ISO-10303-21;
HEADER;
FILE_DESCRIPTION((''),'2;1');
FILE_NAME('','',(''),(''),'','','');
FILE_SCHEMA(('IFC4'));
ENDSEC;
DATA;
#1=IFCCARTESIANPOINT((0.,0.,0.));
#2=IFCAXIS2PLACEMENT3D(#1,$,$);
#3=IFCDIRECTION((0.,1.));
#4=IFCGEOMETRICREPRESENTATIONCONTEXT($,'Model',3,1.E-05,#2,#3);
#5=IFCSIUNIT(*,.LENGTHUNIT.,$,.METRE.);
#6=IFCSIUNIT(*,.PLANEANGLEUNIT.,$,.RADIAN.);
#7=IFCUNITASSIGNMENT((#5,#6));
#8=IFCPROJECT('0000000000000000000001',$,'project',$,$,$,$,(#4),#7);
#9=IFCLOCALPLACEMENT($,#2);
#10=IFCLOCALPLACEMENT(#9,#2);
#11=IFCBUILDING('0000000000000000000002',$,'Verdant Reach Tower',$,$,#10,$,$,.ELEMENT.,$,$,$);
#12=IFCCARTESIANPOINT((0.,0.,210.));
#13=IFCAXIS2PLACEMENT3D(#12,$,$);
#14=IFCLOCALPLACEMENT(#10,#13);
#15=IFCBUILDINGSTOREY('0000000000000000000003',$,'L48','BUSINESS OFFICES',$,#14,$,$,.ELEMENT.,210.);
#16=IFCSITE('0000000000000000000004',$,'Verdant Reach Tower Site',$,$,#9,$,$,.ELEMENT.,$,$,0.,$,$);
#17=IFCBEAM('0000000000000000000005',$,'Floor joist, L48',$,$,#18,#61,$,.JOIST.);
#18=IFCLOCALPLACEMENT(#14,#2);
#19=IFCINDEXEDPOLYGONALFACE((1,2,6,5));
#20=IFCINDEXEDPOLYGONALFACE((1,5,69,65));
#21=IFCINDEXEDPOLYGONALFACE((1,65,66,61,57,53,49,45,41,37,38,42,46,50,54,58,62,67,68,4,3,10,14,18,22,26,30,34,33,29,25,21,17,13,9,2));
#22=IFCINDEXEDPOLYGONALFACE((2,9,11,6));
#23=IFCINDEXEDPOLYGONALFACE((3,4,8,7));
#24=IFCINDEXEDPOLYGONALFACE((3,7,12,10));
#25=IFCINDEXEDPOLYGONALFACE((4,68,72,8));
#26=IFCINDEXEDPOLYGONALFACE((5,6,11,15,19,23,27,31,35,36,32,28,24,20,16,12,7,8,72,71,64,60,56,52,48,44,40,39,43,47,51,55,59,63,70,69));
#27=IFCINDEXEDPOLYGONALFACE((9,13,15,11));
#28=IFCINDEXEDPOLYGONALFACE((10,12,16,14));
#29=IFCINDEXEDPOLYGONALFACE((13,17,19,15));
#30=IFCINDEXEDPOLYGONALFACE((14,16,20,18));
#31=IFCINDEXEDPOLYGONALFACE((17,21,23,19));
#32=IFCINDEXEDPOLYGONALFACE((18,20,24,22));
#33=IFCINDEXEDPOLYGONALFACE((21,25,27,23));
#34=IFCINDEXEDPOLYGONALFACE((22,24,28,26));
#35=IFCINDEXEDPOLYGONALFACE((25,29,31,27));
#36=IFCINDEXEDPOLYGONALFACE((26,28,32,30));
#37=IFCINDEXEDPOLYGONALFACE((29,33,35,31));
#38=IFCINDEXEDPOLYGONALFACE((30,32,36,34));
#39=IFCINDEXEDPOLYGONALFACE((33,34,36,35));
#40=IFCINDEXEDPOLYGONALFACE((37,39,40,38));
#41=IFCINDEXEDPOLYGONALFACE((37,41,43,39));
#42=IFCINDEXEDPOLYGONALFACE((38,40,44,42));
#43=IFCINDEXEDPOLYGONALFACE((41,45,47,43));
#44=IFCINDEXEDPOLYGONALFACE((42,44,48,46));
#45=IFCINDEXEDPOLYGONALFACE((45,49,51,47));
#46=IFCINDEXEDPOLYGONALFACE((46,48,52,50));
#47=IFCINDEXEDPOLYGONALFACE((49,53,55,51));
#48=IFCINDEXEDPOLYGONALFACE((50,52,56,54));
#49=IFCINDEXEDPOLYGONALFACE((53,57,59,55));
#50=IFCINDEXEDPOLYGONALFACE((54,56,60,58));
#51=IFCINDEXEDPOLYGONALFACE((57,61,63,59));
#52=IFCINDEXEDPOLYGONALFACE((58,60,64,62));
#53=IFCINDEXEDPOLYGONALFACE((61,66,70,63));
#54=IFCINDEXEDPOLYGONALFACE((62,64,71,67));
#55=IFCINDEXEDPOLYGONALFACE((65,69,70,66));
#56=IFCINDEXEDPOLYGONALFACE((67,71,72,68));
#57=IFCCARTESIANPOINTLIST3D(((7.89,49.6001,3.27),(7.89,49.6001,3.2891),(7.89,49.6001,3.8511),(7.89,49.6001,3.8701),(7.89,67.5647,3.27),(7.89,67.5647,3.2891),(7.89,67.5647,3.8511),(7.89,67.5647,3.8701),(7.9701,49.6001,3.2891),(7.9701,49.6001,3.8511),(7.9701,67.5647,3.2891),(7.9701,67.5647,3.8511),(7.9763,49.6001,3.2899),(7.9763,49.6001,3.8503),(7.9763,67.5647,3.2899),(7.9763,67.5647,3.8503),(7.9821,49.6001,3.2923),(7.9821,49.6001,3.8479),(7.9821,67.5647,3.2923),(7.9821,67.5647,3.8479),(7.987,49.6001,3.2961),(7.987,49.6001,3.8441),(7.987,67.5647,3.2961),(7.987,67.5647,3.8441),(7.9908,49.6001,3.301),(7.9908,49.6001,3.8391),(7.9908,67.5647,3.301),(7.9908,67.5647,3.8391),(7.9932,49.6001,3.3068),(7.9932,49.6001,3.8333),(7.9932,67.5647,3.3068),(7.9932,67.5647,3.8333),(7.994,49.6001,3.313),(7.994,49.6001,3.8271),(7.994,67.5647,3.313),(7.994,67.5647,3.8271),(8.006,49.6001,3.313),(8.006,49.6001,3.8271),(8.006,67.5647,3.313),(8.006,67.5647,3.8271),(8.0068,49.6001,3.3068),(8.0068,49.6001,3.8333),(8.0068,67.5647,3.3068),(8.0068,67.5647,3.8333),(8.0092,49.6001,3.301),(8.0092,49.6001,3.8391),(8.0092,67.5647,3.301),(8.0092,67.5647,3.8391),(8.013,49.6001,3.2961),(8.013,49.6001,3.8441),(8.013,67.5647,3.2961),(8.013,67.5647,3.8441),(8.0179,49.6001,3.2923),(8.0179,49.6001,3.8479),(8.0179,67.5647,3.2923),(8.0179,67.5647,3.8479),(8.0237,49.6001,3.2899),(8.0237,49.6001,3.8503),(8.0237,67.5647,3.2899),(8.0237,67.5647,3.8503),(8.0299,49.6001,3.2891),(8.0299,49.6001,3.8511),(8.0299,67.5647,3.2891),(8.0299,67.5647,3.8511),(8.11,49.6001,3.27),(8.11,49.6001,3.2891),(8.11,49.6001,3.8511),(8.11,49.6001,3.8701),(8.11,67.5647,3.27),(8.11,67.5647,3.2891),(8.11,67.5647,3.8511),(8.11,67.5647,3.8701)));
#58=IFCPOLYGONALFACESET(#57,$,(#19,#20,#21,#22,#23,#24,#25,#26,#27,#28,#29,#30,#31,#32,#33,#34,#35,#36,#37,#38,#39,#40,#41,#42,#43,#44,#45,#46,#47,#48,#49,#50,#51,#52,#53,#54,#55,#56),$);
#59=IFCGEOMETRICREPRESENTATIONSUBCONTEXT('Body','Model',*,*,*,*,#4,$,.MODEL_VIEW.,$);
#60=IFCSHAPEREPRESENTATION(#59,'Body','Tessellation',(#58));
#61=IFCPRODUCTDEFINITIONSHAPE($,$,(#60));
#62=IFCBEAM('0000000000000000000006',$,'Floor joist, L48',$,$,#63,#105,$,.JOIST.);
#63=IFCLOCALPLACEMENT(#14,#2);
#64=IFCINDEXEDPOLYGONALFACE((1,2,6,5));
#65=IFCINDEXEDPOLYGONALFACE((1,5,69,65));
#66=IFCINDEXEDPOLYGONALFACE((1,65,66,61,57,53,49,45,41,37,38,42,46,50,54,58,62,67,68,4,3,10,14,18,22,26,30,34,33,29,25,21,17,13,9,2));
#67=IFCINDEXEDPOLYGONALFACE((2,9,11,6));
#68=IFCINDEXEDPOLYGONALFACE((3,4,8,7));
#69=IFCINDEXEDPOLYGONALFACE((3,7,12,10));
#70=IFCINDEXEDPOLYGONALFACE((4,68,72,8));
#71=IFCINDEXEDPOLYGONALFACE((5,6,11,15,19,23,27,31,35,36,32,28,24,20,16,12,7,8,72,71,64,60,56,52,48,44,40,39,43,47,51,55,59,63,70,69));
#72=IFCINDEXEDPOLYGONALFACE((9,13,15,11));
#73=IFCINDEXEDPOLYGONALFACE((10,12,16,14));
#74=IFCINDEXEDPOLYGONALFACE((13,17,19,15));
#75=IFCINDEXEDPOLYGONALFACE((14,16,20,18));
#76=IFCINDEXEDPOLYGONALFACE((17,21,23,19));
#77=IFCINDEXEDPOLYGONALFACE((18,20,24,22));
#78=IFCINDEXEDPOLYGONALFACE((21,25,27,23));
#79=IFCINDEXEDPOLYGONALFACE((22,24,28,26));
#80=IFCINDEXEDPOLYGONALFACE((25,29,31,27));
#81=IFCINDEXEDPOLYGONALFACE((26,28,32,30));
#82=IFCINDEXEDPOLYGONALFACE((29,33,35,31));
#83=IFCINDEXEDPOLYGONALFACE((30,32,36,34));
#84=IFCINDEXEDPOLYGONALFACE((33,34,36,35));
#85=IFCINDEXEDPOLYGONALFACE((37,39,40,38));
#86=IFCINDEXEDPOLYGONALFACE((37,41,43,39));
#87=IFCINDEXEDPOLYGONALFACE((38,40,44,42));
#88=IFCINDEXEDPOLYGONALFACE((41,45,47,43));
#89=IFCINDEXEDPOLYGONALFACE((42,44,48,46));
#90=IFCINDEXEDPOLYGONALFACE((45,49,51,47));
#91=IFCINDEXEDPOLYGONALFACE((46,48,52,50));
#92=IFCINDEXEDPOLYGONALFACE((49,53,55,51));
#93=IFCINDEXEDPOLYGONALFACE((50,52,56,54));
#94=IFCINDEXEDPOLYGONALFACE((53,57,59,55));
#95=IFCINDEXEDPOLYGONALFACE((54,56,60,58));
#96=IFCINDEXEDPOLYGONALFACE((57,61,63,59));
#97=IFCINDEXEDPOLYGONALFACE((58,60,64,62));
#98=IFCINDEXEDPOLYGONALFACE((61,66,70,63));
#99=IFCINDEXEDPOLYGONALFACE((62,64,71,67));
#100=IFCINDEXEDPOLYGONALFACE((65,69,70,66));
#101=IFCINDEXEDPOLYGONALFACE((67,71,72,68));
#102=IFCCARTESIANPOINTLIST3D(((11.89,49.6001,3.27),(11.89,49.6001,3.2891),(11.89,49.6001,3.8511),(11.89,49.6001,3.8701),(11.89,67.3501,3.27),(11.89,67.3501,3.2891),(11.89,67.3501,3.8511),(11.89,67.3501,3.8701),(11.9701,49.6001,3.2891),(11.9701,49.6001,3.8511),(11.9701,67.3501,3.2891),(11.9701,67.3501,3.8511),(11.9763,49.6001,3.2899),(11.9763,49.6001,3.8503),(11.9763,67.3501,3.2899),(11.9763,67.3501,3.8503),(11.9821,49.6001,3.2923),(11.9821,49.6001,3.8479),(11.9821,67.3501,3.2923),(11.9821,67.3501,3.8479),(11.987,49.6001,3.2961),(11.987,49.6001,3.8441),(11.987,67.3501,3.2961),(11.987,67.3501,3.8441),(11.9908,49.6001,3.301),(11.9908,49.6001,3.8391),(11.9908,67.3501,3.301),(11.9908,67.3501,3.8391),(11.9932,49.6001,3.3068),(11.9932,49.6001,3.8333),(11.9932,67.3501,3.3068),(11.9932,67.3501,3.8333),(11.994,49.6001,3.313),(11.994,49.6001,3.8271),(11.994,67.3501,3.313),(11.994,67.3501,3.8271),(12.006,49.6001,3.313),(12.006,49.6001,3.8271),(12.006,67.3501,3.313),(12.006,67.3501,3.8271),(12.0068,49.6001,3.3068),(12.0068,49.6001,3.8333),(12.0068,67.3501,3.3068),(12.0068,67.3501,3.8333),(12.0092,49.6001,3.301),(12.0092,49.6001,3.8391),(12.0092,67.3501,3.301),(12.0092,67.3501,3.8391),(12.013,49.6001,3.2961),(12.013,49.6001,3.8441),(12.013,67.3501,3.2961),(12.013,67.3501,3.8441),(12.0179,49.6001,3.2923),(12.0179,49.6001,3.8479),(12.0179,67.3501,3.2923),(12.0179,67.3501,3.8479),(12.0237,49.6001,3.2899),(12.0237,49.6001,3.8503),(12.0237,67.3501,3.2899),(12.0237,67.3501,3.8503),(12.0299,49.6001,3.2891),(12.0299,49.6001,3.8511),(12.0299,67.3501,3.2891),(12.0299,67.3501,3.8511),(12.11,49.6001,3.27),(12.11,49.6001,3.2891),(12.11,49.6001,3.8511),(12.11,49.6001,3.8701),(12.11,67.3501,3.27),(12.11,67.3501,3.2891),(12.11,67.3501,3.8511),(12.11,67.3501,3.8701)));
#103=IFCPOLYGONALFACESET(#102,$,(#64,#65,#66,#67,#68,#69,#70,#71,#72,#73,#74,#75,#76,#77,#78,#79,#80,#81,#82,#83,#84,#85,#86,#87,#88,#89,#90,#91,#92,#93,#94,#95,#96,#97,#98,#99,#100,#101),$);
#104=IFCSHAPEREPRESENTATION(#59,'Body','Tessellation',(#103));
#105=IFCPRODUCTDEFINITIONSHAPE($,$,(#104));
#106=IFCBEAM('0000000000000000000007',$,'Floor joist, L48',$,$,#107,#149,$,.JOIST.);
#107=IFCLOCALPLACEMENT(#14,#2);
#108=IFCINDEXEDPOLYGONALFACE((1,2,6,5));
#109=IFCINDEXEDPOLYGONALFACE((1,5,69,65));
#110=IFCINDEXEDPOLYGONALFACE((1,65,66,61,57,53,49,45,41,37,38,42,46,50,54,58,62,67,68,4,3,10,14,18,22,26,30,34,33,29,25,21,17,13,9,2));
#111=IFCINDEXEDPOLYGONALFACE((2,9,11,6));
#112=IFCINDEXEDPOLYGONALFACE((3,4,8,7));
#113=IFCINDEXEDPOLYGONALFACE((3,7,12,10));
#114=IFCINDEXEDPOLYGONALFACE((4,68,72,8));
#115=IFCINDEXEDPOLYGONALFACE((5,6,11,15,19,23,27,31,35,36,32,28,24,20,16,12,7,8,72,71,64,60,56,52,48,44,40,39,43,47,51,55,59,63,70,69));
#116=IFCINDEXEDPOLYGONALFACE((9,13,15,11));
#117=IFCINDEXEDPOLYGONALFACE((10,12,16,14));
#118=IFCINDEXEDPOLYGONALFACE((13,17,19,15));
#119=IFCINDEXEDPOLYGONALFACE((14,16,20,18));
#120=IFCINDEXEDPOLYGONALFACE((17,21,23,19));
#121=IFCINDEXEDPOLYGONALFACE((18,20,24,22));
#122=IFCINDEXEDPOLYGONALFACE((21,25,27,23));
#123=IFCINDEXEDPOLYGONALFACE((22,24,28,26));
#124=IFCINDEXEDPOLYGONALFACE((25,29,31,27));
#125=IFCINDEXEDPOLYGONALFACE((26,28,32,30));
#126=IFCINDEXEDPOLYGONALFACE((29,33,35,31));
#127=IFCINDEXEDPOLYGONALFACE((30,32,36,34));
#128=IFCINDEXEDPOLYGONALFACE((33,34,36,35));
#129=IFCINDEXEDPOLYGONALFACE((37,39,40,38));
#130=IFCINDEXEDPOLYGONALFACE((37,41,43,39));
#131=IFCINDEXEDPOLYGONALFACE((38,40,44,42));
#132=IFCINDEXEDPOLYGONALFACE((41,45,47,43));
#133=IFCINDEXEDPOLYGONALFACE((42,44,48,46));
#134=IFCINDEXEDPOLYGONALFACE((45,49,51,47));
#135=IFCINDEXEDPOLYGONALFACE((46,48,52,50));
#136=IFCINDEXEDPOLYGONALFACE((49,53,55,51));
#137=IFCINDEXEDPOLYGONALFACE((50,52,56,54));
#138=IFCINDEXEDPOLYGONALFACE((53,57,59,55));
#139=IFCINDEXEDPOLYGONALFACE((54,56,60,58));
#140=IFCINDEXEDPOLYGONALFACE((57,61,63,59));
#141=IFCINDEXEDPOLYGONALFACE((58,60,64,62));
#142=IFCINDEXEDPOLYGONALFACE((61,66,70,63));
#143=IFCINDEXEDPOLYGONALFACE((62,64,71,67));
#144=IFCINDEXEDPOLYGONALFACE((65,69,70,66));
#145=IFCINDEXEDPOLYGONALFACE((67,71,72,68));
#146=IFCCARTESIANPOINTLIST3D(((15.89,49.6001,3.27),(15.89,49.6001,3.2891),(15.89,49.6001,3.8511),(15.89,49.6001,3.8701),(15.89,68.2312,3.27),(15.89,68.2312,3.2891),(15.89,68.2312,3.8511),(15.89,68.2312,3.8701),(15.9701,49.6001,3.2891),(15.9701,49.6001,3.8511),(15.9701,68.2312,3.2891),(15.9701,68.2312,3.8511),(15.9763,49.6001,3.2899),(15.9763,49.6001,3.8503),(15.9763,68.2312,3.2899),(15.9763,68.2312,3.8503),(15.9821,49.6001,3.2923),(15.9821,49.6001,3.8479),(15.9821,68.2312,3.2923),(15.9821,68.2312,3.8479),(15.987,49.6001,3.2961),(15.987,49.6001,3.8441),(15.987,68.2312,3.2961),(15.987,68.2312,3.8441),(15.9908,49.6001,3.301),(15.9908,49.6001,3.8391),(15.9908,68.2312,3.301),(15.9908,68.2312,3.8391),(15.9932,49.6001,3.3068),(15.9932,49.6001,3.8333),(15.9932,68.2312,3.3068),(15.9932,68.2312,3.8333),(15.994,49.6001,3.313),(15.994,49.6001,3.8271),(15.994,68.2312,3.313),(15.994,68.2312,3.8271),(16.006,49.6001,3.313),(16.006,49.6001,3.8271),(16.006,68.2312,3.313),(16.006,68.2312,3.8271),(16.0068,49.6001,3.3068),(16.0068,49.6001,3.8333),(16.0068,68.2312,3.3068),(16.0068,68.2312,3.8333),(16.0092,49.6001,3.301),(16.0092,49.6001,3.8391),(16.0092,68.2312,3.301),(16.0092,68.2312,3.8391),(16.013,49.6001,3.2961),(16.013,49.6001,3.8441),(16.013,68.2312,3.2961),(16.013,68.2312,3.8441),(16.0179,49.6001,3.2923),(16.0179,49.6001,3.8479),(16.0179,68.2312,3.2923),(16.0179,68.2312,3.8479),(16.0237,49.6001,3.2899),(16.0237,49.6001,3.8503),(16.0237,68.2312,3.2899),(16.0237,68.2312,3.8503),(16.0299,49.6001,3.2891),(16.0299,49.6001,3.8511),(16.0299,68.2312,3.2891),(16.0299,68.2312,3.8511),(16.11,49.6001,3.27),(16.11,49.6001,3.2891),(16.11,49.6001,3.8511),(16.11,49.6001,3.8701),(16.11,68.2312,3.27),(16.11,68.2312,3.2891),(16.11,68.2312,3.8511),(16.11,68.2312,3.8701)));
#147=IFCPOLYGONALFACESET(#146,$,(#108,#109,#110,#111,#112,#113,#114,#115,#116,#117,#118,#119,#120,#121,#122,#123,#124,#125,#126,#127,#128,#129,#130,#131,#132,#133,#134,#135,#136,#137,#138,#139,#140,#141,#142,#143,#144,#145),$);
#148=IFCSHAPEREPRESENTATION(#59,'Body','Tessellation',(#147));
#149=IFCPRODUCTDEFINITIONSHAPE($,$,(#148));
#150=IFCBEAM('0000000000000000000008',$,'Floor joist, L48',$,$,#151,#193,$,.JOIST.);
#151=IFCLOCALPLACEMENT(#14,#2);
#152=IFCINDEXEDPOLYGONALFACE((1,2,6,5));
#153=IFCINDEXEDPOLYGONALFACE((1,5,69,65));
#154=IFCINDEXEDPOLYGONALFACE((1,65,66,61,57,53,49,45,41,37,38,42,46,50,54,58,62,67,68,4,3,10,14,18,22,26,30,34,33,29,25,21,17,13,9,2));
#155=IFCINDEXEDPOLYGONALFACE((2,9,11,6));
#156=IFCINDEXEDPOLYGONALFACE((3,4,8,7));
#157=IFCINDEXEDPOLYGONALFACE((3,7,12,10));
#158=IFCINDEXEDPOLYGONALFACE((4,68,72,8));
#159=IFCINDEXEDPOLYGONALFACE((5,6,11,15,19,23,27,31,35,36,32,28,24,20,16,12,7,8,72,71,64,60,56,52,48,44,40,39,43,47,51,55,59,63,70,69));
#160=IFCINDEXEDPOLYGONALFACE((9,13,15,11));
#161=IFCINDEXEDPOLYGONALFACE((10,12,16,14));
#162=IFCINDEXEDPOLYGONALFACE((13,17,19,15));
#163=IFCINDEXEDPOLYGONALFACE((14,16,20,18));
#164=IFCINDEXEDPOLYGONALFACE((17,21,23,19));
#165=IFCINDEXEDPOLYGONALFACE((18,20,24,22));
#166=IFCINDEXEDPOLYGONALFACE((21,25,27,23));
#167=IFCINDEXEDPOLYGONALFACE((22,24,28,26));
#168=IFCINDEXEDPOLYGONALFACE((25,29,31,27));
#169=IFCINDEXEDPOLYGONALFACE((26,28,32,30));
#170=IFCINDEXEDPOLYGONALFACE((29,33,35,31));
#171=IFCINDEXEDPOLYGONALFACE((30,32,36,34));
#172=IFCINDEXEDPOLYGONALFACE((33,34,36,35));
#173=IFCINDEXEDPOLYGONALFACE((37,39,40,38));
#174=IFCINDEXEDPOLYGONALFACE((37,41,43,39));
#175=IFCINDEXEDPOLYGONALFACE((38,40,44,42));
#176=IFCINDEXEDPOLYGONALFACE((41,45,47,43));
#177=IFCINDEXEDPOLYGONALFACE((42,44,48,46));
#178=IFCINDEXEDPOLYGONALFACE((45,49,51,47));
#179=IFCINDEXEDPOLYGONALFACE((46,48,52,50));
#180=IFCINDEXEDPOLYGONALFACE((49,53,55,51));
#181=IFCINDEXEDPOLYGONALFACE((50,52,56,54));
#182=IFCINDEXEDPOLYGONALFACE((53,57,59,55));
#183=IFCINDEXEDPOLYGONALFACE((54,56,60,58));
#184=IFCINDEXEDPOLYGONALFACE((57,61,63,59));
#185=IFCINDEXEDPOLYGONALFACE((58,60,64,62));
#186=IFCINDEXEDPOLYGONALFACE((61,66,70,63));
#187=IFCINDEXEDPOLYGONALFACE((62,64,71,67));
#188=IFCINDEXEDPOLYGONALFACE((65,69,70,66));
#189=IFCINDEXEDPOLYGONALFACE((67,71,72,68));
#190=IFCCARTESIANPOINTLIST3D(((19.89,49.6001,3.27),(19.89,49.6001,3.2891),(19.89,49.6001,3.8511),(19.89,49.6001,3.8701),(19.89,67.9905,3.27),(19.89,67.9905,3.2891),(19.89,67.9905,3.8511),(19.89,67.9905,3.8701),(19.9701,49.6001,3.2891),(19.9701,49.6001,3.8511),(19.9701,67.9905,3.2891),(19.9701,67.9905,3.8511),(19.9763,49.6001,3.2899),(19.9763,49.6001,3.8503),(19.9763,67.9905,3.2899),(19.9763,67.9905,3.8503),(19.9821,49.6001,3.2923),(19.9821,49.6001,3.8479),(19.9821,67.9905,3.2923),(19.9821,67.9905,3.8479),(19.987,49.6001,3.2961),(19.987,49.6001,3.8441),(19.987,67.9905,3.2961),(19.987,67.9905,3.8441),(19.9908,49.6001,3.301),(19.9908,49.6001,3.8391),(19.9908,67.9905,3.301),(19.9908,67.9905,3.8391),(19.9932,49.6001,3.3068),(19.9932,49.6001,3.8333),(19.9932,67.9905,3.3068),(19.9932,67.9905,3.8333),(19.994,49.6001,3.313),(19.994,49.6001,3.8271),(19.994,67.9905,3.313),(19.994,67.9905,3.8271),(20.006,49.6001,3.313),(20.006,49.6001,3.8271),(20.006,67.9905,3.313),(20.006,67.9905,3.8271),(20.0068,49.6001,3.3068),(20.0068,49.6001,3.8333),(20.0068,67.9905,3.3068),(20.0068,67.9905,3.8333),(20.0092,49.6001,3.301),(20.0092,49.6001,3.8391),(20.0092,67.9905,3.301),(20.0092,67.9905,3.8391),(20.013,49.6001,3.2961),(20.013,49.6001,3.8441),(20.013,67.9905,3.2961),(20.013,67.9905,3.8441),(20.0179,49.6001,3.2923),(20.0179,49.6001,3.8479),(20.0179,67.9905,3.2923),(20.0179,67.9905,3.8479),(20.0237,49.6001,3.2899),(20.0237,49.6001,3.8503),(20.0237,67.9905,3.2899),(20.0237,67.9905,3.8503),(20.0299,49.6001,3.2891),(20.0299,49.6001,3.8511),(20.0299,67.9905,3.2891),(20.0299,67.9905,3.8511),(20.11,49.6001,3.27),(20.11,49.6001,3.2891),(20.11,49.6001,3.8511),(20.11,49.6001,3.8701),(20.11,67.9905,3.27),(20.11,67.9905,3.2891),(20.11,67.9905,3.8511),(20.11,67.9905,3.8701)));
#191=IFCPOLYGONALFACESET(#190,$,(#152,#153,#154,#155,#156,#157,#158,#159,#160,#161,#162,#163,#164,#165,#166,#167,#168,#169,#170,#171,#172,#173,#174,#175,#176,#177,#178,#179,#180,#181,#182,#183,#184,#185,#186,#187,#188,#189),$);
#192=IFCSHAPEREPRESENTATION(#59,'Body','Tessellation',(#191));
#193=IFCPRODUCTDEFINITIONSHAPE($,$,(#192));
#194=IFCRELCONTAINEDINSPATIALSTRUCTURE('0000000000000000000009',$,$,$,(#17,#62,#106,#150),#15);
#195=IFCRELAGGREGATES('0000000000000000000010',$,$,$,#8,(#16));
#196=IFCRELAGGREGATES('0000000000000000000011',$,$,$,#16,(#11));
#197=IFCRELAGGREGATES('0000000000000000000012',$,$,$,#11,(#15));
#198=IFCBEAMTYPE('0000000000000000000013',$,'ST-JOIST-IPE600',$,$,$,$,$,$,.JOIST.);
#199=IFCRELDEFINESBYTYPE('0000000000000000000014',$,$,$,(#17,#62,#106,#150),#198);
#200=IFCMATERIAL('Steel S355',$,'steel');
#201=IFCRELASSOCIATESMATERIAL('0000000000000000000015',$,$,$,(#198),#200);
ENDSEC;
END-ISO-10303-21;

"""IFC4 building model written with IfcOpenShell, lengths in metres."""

from ifc_helpers import new_model, si_unit, direction, frame, origin, origin_2d, place, context, subcontext, project, spatial, i_section, extrude, material, material_profile, profile_set, type_object, element, save


model = new_model("IFC4")

# Units and contexts
model_context = context("Model", 3, precision=1e-05, world=origin(), true_north=direction((0.0, 1.0)))
body_context = subcontext(model_context, "Body", "Model", "MODEL_VIEW")
ifc_project = project(units=[si_unit("LENGTHUNIT", "METRE"), si_unit("PLANEANGLEUNIT", "RADIAN")], contexts=[model_context])

# Site, building, storey
site_placement = place(None, origin())
site = spatial("IfcSite", under=ifc_project, at=site_placement, Name="Verdant Reach Tower Site", CompositionType="ELEMENT", RefElevation=0.0)
building_placement = place(site_placement, origin())
building = spatial("IfcBuilding", under=site, at=building_placement, Name="Verdant Reach Tower", CompositionType="ELEMENT")
storey_placement = place(building_placement, frame((0.0, 0.0, 210.0)))
storey = spatial("IfcBuildingStorey", under=building, at=storey_placement, Name="L48", Description="BUSINESS OFFICES", CompositionType="ELEMENT", Elevation=210.0)

# Beams
ifc_material_1 = material(Name="Steel S355", Category="steel")
ifc_material_profile_1 = material_profile(ifc_material_1, i_section(OverallWidth=0.22, OverallDepth=0.6001, WebThickness=0.012, FlangeThickness=0.019, FilletRadius=0.0239, at=origin_2d()), Name="IPE 600")
ifc_profile_set_1 = profile_set([ifc_material_profile_1], Name="Steel S355")
beam_type_1 = type_object("IfcBeamType", Name="ST-JOIST-IPE600", PredefinedType="JOIST", material=ifc_profile_set_1)
beam_1_placement = place(storey_placement, frame((8.0, 49.6001, 3.5701), z_axis=(0.0, 1.0, 0.0), x_axis=(-1.0, 0.0, 0.0)))
element("IfcBeam", 1, at=beam_1_placement, inside=storey, type_object=beam_type_1, Name="Floor joist, L48", PredefinedType="JOIST", context=body_context, shape_type="SweptSolid", body=[
    extrude(i_section(OverallWidth=0.22, OverallDepth=0.6001, WebThickness=0.012, FlangeThickness=0.019, FilletRadius=0.0239, at=origin_2d()), origin(), (0.0, 0.0, 1.0), 17.9646),
])
beam_2_placement = place(storey_placement, frame((12.0, 49.6001, 3.5701), z_axis=(0.0, 1.0, 0.0), x_axis=(-1.0, 0.0, 0.0)))
element("IfcBeam", 2, at=beam_2_placement, inside=storey, type_object=beam_type_1, Name="Floor joist, L48", PredefinedType="JOIST", context=body_context, shape_type="SweptSolid", body=[
    extrude(i_section(OverallWidth=0.22, OverallDepth=0.6001, WebThickness=0.012, FlangeThickness=0.019, FilletRadius=0.0239, at=origin_2d()), origin(), (0.0, 0.0, 1.0), 17.75),
])
beam_3_placement = place(storey_placement, frame((16.0, 49.6001, 3.5701), z_axis=(0.0, 1.0, 0.0), x_axis=(-1.0, 0.0, 0.0)))
element("IfcBeam", 3, at=beam_3_placement, inside=storey, type_object=beam_type_1, Name="Floor joist, L48", PredefinedType="JOIST", context=body_context, shape_type="SweptSolid", body=[
    extrude(i_section(OverallWidth=0.22, OverallDepth=0.6001, WebThickness=0.012, FlangeThickness=0.019, FilletRadius=0.0239, at=origin_2d()), origin(), (0.0, 0.0, 1.0), 18.6311),
])
beam_4_placement = place(storey_placement, frame((20.0, 49.6001, 3.5701), z_axis=(0.0, 1.0, 0.0), x_axis=(-1.0, 0.0, 0.0)))
element("IfcBeam", 4, at=beam_4_placement, inside=storey, type_object=beam_type_1, Name="Floor joist, L48", PredefinedType="JOIST", context=body_context, shape_type="SweptSolid", body=[
    extrude(i_section(OverallWidth=0.22, OverallDepth=0.6001, WebThickness=0.012, FlangeThickness=0.019, FilletRadius=0.0239, at=origin_2d()), origin(), (0.0, 0.0, 1.0), 18.3904),
])

save(model, "model.ifc")
